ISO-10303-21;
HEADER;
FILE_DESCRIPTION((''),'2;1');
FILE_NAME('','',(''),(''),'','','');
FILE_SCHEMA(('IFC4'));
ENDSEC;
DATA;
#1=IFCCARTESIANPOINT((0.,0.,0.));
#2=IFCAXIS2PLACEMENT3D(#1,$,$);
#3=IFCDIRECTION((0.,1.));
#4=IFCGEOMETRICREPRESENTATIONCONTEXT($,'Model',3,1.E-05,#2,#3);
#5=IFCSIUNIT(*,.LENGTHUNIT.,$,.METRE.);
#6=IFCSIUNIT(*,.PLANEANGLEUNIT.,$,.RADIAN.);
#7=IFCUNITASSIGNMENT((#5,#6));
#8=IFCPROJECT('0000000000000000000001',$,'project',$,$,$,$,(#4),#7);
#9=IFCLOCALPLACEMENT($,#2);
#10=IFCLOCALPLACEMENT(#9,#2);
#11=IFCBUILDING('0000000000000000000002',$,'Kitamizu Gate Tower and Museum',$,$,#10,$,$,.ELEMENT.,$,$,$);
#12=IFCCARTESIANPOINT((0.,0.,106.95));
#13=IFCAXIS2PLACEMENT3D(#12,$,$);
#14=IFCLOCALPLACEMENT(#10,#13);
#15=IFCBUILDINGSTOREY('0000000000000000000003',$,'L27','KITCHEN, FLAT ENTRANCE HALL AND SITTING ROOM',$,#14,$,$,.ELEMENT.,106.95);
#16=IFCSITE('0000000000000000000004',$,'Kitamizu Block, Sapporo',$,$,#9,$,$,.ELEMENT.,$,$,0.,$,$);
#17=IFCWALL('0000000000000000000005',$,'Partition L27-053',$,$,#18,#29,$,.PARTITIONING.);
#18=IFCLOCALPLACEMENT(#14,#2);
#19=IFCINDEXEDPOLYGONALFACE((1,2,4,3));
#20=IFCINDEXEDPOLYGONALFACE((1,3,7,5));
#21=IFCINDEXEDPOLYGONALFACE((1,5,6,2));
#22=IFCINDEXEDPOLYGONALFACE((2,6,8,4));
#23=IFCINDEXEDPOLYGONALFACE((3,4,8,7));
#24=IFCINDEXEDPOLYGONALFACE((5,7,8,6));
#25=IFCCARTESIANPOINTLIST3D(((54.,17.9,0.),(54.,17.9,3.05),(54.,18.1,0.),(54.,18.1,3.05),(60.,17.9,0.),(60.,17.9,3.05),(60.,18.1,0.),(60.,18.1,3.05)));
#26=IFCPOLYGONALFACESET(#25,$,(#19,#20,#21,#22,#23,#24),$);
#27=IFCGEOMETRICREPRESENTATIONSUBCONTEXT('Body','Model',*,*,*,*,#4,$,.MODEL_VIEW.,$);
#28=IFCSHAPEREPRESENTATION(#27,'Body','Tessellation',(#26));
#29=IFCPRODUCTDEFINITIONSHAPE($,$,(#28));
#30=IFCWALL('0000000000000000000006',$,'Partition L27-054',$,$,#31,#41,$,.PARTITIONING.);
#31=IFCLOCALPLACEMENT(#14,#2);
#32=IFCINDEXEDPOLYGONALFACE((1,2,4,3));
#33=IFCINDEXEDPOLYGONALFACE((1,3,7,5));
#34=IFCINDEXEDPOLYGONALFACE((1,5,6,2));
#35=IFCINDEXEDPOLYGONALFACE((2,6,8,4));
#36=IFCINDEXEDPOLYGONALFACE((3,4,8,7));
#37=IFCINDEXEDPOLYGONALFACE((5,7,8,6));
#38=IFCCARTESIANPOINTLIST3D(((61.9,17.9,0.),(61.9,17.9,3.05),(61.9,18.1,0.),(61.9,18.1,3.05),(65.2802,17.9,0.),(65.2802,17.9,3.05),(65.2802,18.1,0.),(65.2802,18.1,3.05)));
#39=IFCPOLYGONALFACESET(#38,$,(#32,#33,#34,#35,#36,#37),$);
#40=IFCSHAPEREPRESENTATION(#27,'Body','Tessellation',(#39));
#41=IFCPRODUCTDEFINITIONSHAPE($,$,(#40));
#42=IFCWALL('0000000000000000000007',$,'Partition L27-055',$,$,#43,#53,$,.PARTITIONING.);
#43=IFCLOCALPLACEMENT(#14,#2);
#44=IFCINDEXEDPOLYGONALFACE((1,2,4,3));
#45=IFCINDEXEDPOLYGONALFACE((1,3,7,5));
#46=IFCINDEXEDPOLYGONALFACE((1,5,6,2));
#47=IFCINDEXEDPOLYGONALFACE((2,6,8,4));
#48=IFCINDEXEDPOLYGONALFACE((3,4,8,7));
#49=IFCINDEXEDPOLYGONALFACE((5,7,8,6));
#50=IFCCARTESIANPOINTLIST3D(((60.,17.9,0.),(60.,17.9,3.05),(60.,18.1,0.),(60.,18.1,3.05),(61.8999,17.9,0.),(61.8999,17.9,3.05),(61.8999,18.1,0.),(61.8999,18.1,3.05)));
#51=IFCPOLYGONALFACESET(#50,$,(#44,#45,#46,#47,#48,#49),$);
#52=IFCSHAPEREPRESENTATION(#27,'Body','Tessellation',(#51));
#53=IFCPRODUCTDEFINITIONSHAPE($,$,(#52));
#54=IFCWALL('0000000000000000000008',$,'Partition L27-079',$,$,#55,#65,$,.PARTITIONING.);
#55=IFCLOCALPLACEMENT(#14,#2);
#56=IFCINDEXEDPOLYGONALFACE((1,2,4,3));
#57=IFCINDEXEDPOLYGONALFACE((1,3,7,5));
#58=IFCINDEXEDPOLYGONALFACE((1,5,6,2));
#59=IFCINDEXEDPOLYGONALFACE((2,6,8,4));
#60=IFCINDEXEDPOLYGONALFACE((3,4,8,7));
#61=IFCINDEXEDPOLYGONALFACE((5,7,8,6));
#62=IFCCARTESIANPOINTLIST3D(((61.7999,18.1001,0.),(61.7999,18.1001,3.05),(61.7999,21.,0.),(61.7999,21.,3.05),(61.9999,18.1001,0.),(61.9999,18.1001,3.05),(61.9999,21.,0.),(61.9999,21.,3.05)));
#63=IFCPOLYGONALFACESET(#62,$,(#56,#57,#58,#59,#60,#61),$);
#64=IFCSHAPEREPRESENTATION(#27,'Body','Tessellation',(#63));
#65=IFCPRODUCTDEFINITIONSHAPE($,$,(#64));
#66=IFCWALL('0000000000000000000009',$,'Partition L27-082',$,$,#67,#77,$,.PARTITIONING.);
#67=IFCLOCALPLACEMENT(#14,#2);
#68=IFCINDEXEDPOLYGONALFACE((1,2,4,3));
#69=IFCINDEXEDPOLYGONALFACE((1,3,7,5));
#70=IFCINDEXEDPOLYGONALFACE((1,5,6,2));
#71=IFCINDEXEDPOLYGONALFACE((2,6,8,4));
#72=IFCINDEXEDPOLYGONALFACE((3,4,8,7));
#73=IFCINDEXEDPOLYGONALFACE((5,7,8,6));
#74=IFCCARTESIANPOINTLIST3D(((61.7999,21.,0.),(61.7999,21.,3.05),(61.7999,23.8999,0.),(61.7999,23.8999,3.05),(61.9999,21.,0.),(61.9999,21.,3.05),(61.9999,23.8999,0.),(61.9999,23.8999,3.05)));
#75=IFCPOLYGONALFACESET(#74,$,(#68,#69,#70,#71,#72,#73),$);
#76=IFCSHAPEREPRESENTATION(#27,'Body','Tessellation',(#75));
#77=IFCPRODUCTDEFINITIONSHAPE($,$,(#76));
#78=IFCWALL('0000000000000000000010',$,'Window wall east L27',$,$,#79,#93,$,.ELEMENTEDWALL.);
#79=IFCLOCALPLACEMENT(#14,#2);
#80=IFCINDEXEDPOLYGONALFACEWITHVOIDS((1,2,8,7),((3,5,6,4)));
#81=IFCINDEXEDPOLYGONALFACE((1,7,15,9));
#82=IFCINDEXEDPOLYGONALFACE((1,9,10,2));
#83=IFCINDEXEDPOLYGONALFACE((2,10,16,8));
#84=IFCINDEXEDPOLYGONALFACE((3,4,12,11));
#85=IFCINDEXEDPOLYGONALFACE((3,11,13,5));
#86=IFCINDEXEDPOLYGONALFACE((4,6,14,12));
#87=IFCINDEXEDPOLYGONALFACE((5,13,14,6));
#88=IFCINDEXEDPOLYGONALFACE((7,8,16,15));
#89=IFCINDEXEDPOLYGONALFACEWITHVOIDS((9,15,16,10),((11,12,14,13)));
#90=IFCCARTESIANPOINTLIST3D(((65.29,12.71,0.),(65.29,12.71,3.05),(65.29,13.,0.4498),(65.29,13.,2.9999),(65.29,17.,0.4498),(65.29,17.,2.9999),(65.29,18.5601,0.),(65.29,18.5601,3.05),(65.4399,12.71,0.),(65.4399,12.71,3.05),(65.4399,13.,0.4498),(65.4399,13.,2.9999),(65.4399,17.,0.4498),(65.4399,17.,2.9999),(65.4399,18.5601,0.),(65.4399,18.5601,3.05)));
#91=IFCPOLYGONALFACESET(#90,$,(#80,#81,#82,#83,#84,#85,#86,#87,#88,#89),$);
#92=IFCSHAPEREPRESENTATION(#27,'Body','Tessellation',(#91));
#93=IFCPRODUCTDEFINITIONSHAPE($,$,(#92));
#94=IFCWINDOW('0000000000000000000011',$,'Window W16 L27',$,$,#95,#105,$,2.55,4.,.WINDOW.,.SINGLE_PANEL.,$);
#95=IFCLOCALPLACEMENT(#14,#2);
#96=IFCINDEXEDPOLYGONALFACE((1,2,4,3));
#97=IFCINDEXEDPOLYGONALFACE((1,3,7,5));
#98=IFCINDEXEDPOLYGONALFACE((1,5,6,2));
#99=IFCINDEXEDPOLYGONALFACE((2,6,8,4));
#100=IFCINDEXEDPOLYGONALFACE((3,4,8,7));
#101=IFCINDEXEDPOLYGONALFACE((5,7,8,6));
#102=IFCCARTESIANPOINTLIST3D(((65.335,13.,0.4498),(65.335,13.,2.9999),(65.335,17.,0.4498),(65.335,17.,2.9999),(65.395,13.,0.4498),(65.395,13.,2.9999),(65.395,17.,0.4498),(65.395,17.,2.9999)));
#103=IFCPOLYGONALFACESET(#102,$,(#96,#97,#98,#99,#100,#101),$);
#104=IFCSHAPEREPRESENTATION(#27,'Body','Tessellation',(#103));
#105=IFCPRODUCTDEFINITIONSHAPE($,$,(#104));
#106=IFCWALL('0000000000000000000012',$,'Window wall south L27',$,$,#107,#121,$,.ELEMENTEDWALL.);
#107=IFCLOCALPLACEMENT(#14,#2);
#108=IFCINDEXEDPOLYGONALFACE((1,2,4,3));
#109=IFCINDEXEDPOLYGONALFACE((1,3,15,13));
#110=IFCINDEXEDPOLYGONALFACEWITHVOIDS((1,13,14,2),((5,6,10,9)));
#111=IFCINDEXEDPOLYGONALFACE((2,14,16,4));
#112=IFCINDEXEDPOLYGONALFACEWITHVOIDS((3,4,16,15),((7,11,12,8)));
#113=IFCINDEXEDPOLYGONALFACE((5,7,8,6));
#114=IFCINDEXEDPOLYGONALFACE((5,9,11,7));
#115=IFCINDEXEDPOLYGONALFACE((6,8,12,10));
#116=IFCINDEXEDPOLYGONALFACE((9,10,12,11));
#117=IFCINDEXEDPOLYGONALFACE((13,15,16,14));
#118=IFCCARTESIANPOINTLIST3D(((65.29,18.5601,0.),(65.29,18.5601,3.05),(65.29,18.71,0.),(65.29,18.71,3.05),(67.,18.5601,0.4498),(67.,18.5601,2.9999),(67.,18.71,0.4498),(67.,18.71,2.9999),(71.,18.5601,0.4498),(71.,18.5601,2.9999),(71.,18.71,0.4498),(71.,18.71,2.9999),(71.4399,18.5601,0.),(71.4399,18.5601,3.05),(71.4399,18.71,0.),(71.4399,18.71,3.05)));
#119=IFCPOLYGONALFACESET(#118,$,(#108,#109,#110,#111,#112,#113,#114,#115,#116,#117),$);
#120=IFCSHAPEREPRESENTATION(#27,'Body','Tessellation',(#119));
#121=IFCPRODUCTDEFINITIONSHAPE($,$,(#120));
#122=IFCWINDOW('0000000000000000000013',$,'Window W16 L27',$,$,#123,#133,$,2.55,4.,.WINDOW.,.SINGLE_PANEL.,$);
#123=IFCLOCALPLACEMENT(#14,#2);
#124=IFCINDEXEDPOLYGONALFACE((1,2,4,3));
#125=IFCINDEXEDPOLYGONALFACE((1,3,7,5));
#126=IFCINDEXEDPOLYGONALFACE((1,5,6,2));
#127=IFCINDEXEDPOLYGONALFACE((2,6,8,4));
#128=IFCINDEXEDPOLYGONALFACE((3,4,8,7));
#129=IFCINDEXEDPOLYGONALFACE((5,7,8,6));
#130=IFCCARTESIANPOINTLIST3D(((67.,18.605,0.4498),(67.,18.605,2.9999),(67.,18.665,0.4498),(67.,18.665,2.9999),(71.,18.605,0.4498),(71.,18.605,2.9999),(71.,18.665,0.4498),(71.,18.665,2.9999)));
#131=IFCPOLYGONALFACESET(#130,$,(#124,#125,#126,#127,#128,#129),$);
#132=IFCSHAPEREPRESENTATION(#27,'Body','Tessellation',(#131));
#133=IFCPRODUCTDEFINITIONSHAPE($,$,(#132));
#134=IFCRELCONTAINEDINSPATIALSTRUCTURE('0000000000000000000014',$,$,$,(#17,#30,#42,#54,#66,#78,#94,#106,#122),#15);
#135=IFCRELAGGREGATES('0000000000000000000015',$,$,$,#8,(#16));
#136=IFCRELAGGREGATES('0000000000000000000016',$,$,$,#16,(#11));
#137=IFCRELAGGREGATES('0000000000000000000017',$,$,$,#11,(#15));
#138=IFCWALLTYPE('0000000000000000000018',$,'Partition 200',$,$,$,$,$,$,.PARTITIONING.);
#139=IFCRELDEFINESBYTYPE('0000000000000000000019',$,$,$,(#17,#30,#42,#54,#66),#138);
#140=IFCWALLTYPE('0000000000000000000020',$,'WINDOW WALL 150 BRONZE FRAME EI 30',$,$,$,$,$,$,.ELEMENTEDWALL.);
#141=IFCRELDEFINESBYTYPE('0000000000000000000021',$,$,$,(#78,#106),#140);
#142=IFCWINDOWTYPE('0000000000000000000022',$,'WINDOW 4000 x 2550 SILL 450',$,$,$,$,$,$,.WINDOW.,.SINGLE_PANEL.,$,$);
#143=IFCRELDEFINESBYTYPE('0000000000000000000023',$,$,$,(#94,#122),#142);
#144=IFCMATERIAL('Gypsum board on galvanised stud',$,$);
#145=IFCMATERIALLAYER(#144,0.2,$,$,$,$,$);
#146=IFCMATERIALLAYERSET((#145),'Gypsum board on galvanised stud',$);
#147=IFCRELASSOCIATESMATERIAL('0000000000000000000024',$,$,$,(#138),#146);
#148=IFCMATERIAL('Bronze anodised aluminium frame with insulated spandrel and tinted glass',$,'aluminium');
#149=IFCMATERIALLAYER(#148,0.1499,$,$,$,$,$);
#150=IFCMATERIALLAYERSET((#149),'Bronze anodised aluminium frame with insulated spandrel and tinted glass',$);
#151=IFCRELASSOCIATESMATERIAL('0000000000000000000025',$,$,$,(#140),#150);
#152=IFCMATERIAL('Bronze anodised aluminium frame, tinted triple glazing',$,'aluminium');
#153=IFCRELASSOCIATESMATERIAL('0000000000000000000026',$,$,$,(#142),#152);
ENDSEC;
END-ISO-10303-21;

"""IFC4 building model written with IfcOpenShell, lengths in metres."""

from ifc_helpers import new_model, si_unit, direction, frame, frame_2d, origin, place, context, subcontext, project, spatial, rectangle, extrude, material, layer, layer_set, type_object, element, fill, save


model = new_model("IFC4")

# Units and contexts
model_context = context("Model", 3, precision=1e-05, world=origin(), true_north=direction((0.0, 1.0)))
body_context = subcontext(model_context, "Body", "Model", "MODEL_VIEW")
ifc_project = project(units=[si_unit("LENGTHUNIT", "METRE"), si_unit("PLANEANGLEUNIT", "RADIAN")], contexts=[model_context])

# Site, building, storey
site_placement = place(None, origin())
site = spatial("IfcSite", under=ifc_project, at=site_placement, Name="Kitamizu Block, Sapporo", CompositionType="ELEMENT", RefElevation=0.0)
building_placement = place(site_placement, origin())
building = spatial("IfcBuilding", under=site, at=building_placement, Name="Kitamizu Gate Tower and Museum", CompositionType="ELEMENT")
storey_placement = place(building_placement, frame((0.0, 0.0, 106.95)))
storey = spatial("IfcBuildingStorey", under=building, at=storey_placement, Name="L27", Description="KITCHEN, FLAT ENTRANCE HALL AND SITTING ROOM", CompositionType="ELEMENT", Elevation=106.95)

# Walls
ifc_material_1 = material(Name="Gypsum board on galvanised stud")
ifc_layer_1 = layer(ifc_material_1, 0.2)
ifc_layer_set_1 = layer_set([ifc_layer_1], Name="Gypsum board on galvanised stud")
wall_type_1 = type_object("IfcWallType", Name="Partition 200", PredefinedType="PARTITIONING", material=ifc_layer_set_1)
wall_1_placement = place(storey_placement, frame((60.0, 18.0, 0.0), z_axis=(0.0, 0.0, 1.0), x_axis=(-1.0, 0.0, 0.0)))
element("IfcWall", 1, at=wall_1_placement, inside=storey, type_object=wall_type_1, Name="Partition L27-053", PredefinedType="PARTITIONING", context=body_context, shape_type="SweptSolid", body=[
    extrude(rectangle(XDim=6.0, YDim=0.2, at=frame_2d((3.0, 0.0))), origin(), (0.0, 0.0, 1.0), 3.05),
])
wall_2_placement = place(storey_placement, frame((65.28, 18.0, 0.0), z_axis=(0.0, 0.0, 1.0), x_axis=(-1.0, 0.0, 0.0)))
element("IfcWall", 2, at=wall_2_placement, inside=storey, type_object=wall_type_1, Name="Partition L27-054", PredefinedType="PARTITIONING", context=body_context, shape_type="SweptSolid", body=[
    extrude(rectangle(XDim=3.3801, YDim=0.2, at=frame_2d((1.6899, 0.0))), origin(), (0.0, 0.0, 1.0), 3.05),
])
wall_3_placement = place(storey_placement, frame((61.8999, 18.0, 0.0), z_axis=(0.0, 0.0, 1.0), x_axis=(-1.0, 0.0, 0.0)))
element("IfcWall", 3, at=wall_3_placement, inside=storey, type_object=wall_type_1, Name="Partition L27-055", PredefinedType="PARTITIONING", context=body_context, shape_type="SweptSolid", body=[
    extrude(rectangle(XDim=1.8999, YDim=0.2, at=frame_2d((0.95, 0.0))), origin(), (0.0, 0.0, 1.0), 3.05),
])
for number, where, z_axis, x_axis, name in (
    (4, (61.8999, 21.0, 0.0), (0.0, 0.0, 1.0), (0.0, -1.0, 0.0), "Partition L27-079"),
    (5, (61.8999, 23.8999, 0.0), (0.0, 0.0, 1.0), (0.0, -1.0, 0.0), "Partition L27-082"),
):
    element("IfcWall", number, at=place(storey_placement, frame(where, z_axis=z_axis, x_axis=x_axis)), inside=storey, type_object=wall_type_1, Name=name, PredefinedType="PARTITIONING", context=body_context, shape_type="SweptSolid", body=[
        extrude(rectangle(XDim=2.8999, YDim=0.2, at=frame_2d((1.45, 0.0))), origin(), (0.0, 0.0, 1.0), 3.05),
    ])

# Walls, openings, windows
ifc_material_2 = material(Name="Bronze anodised aluminium frame with insulated spandrel and tinted glass", Category="aluminium")
ifc_layer_2 = layer(ifc_material_2, 0.1499)
ifc_layer_set_2 = layer_set([ifc_layer_2], Name="Bronze anodised aluminium frame with insulated spandrel and tinted glass")
wall_type_2 = type_object("IfcWallType", Name="WINDOW WALL 150 BRONZE FRAME EI 30", PredefinedType="ELEMENTEDWALL", material=ifc_layer_set_2)
wall_4_placement = place(storey_placement, frame((65.365, 12.71, 0.0), z_axis=(0.0, 0.0, 1.0), x_axis=(0.0, 1.0, 0.0)))
wall_4 = element("IfcWall", 6, at=wall_4_placement, inside=storey, type_object=wall_type_2, Name="Window wall east L27", PredefinedType="ELEMENTEDWALL", context=body_context, shape_type="SweptSolid", body=[
    extrude(rectangle(XDim=5.8501, YDim=0.1499, at=frame_2d((2.925, 0.0))), origin(), (0.0, 0.0, 1.0), 3.05),
])
opening_1_placement = place(wall_4_placement, frame((0.29, 0.0, 0.45)))
opening_1 = element("IfcOpeningElement", 7, at=opening_1_placement, cuts=wall_4, PredefinedType="OPENING", context=body_context, shape_type="SweptSolid", body=[
    extrude(rectangle(XDim=4.0, YDim=2.55, at=frame_2d((2.0, 1.2749))), frame((0.0, 0.085, 0.0), z_axis=(0.0, -1.0, 0.0), x_axis=(1.0, 0.0, 0.0)), (0.0, 0.0, 1.0), 0.1699),
])
ifc_material_3 = material(Name="Bronze anodised aluminium frame, tinted triple glazing", Category="aluminium")
window_type_1 = type_object("IfcWindowType", Name="WINDOW 4000 x 2550 SILL 450", PartitioningType="SINGLE_PANEL", PredefinedType="WINDOW", material=ifc_material_3)
window_1_placement = place(opening_1_placement, origin())
window_1 = element("IfcWindow", 8, at=window_1_placement, inside=storey, type_object=window_type_1, Name="Window W16 L27", OverallHeight=2.55, OverallWidth=4.0, PartitioningType="SINGLE_PANEL", PredefinedType="WINDOW", context=body_context, shape_type="SweptSolid", body=[
    extrude(rectangle(XDim=4.0, YDim=2.55, at=frame_2d((2.0, 1.2749))), frame((0.0, 0.03, 0.0), z_axis=(0.0, -1.0, 0.0), x_axis=(1.0, 0.0, 0.0)), (0.0, 0.0, 1.0), 0.0601),
])
fill(opening_1, window_1)
wall_5_placement = place(storey_placement, frame((65.29, 18.635, 0.0), z_axis=(0.0, 0.0, 1.0), x_axis=(1.0, 0.0, 0.0)))
wall_5 = element("IfcWall", 9, at=wall_5_placement, inside=storey, type_object=wall_type_2, Name="Window wall south L27", PredefinedType="ELEMENTEDWALL", context=body_context, shape_type="SweptSolid", body=[
    extrude(rectangle(XDim=6.1499, YDim=0.1499, at=frame_2d((3.075, 0.0))), origin(), (0.0, 0.0, 1.0), 3.05),
])
opening_2_placement = place(wall_5_placement, frame((1.71, 0.0, 0.45)))
opening_2 = element("IfcOpeningElement", 10, at=opening_2_placement, cuts=wall_5, PredefinedType="OPENING", context=body_context, shape_type="SweptSolid", body=[
    extrude(rectangle(XDim=4.0, YDim=2.55, at=frame_2d((2.0, 1.2749))), frame((0.0, 0.085, 0.0), z_axis=(0.0, -1.0, 0.0), x_axis=(1.0, 0.0, 0.0)), (0.0, 0.0, 1.0), 0.1699),
])
window_2_placement = place(opening_2_placement, origin())
window_2 = element("IfcWindow", 11, at=window_2_placement, inside=storey, type_object=window_type_1, Name="Window W16 L27", OverallHeight=2.55, OverallWidth=4.0, PartitioningType="SINGLE_PANEL", PredefinedType="WINDOW", context=body_context, shape_type="SweptSolid", body=[
    extrude(rectangle(XDim=4.0, YDim=2.55, at=frame_2d((2.0, 1.2749))), frame((0.0, 0.03, 0.0), z_axis=(0.0, -1.0, 0.0), x_axis=(1.0, 0.0, 0.0)), (0.0, 0.0, 1.0), 0.0601),
])
fill(opening_2, window_2)

save(model, "model.ifc")
